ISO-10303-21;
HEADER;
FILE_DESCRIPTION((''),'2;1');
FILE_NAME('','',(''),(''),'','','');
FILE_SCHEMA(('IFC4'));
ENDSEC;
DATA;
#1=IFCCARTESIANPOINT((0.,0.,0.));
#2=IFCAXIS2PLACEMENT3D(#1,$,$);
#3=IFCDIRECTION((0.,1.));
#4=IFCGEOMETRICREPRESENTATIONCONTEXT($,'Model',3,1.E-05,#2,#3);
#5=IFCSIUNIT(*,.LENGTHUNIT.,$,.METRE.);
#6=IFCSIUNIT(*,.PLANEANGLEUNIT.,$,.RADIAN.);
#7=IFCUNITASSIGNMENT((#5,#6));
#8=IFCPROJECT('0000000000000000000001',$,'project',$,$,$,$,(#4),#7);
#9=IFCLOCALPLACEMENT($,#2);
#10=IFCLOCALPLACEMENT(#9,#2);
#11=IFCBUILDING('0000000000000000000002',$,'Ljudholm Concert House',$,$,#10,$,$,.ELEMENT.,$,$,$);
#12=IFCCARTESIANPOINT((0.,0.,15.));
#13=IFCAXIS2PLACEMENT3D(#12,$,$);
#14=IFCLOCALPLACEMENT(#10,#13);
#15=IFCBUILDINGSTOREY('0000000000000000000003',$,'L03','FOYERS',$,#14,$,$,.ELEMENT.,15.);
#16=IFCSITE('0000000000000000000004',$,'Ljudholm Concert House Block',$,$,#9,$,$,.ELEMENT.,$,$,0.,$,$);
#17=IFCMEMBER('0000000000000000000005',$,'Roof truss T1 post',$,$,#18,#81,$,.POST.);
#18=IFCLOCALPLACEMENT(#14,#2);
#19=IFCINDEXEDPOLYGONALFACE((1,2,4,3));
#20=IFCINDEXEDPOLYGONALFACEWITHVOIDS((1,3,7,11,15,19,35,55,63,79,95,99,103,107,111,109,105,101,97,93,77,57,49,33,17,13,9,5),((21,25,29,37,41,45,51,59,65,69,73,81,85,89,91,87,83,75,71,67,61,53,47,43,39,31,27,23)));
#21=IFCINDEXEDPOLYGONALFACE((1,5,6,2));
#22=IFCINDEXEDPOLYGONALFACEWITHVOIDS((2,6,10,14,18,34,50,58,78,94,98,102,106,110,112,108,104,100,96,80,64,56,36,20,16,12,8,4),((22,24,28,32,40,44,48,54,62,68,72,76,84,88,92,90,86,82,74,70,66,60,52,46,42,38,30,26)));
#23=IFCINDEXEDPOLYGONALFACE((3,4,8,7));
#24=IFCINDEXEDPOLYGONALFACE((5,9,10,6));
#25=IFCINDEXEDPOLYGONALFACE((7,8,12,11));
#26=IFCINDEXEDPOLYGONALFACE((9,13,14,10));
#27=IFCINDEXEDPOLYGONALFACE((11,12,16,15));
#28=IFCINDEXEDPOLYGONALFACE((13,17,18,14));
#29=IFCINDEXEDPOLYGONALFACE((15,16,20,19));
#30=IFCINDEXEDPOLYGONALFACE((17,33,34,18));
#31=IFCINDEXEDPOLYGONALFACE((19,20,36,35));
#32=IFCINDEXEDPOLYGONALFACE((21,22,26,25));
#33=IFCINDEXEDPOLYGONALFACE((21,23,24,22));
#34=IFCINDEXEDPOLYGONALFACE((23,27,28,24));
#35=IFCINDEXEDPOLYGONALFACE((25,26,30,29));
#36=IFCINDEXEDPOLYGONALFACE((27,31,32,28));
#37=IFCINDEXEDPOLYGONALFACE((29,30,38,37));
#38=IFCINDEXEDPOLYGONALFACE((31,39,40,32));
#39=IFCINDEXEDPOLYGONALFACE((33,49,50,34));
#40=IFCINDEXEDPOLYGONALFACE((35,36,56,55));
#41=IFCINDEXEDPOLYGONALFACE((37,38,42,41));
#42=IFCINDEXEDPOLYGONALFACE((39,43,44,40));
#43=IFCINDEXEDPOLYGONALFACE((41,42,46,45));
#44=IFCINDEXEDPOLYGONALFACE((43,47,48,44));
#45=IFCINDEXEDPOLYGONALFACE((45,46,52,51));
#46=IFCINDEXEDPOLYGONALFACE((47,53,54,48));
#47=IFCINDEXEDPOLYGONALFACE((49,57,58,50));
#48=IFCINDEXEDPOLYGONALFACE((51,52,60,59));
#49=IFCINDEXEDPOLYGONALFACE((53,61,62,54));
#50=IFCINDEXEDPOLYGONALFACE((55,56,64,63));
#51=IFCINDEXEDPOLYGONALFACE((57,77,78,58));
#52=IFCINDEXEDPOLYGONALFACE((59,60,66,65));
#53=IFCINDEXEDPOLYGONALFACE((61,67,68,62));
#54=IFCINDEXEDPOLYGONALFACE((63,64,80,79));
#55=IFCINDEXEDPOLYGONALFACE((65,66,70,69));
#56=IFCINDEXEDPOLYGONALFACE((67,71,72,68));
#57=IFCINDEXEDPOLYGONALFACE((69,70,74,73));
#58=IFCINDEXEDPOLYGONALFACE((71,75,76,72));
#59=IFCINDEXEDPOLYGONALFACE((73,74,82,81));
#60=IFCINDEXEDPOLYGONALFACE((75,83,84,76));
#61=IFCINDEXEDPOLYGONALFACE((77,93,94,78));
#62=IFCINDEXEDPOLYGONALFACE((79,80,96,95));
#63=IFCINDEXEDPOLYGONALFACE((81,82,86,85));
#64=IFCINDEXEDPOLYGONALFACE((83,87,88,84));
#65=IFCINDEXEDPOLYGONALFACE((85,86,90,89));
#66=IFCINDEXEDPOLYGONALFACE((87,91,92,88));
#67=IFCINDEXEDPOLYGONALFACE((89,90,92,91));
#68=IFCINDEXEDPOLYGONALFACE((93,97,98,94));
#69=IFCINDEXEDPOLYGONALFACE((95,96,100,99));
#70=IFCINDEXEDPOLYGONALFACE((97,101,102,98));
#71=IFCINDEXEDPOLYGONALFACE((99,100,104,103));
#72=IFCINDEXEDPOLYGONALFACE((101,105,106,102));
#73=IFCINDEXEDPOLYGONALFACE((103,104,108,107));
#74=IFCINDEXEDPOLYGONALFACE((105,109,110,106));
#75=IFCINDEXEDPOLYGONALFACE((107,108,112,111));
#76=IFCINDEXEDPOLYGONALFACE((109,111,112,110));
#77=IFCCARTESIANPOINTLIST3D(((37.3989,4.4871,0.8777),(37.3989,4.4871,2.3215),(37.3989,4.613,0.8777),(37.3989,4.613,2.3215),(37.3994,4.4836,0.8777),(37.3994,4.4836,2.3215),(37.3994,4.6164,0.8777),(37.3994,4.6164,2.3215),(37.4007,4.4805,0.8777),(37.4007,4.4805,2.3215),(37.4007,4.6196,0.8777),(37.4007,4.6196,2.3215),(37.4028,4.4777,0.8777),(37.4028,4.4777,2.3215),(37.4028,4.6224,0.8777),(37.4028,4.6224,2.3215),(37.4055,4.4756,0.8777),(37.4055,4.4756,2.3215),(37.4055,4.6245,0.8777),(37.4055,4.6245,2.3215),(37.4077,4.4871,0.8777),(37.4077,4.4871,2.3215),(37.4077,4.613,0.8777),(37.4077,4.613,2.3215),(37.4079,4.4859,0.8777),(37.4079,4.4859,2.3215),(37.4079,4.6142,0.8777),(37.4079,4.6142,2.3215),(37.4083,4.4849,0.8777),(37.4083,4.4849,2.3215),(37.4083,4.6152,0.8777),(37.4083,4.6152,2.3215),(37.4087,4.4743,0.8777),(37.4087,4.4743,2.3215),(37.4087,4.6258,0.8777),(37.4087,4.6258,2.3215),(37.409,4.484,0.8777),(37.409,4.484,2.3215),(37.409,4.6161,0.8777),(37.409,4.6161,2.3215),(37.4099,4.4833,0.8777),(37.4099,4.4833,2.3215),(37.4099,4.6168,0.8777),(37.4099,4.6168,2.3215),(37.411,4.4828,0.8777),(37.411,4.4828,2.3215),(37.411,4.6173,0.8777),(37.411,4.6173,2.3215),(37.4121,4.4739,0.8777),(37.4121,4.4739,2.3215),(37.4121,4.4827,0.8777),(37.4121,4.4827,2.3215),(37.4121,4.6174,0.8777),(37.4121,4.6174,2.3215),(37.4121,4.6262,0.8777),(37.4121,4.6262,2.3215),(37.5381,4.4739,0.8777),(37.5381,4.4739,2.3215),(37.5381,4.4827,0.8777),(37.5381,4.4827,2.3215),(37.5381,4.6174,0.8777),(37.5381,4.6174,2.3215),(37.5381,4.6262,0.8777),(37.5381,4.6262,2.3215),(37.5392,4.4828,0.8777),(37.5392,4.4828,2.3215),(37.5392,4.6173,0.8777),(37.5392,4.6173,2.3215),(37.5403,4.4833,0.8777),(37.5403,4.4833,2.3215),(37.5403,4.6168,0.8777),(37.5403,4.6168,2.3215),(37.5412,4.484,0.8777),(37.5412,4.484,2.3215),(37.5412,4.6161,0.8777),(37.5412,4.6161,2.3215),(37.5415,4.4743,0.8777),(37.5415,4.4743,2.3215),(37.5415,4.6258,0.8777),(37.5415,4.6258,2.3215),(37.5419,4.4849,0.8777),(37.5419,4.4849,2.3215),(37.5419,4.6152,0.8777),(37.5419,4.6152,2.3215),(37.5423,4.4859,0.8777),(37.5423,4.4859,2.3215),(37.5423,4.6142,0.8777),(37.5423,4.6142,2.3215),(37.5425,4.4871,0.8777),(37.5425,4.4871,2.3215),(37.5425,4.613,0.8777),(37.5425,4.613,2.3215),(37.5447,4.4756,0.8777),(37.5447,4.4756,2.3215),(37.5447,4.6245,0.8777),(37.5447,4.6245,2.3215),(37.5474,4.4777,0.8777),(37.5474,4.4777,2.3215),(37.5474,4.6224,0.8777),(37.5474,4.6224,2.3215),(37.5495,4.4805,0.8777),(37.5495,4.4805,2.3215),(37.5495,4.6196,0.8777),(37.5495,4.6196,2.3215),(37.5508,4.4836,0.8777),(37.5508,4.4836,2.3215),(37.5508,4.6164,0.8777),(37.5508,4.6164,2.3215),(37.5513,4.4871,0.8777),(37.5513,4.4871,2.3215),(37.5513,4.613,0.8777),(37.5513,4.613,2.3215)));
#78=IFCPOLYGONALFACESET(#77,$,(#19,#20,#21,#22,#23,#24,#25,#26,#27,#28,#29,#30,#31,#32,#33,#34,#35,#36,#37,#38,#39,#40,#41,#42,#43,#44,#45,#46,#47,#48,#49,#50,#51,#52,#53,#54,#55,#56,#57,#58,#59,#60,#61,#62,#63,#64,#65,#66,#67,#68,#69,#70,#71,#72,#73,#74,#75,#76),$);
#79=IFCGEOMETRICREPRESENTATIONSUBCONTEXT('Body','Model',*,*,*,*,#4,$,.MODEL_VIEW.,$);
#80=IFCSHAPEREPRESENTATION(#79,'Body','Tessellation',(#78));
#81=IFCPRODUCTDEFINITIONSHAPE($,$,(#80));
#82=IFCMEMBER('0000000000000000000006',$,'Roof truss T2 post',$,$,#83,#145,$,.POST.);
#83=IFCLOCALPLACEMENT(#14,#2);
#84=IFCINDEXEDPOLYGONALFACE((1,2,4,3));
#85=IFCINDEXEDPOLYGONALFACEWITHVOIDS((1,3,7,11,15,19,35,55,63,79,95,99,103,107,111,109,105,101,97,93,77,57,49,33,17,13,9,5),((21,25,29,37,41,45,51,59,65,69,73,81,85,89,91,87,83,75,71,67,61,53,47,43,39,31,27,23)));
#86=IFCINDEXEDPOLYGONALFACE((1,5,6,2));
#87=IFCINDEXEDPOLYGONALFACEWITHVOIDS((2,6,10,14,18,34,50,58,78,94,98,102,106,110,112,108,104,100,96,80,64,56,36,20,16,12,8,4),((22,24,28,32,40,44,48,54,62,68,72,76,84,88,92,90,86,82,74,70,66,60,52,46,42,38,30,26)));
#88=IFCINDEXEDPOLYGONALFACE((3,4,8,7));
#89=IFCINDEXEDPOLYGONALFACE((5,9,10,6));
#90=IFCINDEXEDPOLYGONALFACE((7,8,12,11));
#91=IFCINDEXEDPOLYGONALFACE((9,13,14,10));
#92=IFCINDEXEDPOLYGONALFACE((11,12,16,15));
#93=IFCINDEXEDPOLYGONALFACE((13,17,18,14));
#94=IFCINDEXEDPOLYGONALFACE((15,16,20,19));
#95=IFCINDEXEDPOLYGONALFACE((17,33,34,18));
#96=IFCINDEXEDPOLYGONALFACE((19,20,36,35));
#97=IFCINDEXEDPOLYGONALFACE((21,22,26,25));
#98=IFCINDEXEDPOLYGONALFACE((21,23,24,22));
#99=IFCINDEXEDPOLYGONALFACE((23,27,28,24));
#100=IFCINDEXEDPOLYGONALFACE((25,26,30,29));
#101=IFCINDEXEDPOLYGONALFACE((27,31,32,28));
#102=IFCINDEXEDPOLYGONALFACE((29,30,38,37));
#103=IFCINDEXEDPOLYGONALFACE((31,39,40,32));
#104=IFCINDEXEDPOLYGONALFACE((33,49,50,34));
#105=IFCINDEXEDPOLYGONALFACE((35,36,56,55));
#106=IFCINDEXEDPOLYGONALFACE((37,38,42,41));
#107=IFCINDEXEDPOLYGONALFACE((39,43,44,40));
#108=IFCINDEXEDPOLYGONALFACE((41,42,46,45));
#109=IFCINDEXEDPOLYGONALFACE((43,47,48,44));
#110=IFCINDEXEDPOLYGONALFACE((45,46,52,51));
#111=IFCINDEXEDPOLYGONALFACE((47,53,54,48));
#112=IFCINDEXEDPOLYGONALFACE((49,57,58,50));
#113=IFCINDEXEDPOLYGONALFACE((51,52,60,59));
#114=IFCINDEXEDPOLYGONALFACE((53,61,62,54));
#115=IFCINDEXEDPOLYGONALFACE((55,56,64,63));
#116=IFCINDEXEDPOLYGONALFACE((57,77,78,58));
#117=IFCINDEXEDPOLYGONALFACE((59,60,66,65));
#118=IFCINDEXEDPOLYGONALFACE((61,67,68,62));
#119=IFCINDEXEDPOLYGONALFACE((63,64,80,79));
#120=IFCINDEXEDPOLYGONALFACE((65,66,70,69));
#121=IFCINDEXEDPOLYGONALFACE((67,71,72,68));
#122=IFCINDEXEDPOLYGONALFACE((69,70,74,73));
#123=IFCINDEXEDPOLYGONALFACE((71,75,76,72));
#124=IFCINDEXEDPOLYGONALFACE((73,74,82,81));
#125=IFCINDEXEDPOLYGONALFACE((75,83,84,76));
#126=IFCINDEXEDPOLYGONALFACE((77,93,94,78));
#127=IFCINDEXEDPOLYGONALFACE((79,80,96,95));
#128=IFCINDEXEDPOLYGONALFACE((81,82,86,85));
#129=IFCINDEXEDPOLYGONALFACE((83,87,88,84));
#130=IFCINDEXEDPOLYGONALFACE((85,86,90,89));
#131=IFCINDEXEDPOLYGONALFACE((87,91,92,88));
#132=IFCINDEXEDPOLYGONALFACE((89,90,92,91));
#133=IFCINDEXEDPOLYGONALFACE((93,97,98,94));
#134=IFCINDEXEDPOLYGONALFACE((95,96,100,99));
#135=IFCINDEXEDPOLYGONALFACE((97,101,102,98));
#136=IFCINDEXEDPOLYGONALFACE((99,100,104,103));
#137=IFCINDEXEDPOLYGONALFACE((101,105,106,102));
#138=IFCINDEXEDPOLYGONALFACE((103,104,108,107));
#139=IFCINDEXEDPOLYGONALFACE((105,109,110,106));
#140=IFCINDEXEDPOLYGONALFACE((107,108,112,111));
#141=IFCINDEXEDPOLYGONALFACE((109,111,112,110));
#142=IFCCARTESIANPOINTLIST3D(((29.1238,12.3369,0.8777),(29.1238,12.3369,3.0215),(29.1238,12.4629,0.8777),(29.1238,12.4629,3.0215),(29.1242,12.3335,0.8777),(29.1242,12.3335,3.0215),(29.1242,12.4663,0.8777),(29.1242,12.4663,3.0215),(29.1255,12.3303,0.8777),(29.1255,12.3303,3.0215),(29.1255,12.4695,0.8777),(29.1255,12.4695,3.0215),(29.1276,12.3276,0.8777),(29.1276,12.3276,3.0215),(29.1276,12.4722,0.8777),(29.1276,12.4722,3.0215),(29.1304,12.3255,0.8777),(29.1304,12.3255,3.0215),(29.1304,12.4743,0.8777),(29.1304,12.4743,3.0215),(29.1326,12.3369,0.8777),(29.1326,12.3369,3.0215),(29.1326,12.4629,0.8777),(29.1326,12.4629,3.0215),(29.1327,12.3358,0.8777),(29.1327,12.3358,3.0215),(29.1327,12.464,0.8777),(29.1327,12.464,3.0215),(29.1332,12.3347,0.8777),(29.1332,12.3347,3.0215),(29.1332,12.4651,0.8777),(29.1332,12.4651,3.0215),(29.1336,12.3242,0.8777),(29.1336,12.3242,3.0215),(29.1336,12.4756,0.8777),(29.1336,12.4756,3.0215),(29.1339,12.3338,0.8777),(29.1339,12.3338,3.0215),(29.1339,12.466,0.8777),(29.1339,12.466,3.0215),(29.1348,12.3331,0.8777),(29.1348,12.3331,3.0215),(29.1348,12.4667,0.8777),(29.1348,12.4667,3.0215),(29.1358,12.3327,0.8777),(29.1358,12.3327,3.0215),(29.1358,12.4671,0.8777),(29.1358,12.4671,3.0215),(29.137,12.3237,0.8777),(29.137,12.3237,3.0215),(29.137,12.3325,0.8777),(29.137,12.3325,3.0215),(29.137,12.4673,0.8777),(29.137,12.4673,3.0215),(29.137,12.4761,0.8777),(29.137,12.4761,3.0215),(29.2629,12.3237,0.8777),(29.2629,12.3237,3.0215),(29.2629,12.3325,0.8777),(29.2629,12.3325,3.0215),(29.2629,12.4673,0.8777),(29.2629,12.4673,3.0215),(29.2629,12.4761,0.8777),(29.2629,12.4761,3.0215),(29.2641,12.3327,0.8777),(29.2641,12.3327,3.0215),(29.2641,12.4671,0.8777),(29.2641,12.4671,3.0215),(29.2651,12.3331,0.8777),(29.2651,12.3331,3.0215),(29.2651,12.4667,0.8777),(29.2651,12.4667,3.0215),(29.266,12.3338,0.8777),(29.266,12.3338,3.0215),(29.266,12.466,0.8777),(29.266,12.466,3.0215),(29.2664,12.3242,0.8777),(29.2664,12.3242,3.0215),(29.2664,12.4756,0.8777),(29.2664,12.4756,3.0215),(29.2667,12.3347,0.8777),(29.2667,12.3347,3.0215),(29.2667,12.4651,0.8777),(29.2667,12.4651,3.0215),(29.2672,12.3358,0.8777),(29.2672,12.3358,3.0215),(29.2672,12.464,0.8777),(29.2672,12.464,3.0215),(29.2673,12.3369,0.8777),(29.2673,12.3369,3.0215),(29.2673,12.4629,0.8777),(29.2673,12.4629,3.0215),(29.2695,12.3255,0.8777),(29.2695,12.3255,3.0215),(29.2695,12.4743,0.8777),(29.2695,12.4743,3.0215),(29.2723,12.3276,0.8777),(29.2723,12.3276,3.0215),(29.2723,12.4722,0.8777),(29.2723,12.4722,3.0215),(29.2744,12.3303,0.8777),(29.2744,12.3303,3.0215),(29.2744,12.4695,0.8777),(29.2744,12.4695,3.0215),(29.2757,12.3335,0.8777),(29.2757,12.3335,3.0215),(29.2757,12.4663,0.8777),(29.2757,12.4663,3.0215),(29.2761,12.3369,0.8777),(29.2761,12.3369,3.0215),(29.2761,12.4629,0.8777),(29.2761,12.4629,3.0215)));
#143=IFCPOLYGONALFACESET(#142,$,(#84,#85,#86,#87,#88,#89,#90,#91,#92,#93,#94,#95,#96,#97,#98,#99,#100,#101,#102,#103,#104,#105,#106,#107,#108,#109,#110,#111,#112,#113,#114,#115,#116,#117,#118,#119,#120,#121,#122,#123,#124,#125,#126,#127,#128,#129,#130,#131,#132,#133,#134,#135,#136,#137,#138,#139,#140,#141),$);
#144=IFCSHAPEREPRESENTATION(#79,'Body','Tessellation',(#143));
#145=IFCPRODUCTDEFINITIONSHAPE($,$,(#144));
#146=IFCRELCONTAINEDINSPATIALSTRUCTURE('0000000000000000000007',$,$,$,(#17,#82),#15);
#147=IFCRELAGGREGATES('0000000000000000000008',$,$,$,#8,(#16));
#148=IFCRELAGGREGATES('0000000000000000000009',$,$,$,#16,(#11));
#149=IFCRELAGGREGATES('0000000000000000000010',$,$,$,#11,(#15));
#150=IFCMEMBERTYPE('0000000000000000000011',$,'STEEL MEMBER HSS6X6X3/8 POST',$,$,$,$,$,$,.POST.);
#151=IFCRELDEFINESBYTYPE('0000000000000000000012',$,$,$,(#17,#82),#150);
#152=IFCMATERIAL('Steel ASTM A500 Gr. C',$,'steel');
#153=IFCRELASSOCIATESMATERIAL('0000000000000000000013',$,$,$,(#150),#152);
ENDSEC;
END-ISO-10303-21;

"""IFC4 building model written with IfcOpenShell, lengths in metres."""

from ifc_helpers import new_model, si_unit, direction, frame, origin, origin_2d, place, context, subcontext, project, spatial, hollow_rectangle, extrude, material, material_profile, profile_set, type_object, element, save


model = new_model("IFC4")

# Units and contexts
model_context = context("Model", 3, precision=1e-05, world=origin(), true_north=direction((0.0, 1.0)))
body_context = subcontext(model_context, "Body", "Model", "MODEL_VIEW")
ifc_project = project(units=[si_unit("LENGTHUNIT", "METRE"), si_unit("PLANEANGLEUNIT", "RADIAN")], contexts=[model_context])

# Site, building, storey
site_placement = place(None, origin())
site = spatial("IfcSite", under=ifc_project, at=site_placement, Name="Ljudholm Concert House Block", CompositionType="ELEMENT", RefElevation=0.0)
building_placement = place(site_placement, origin())
building = spatial("IfcBuilding", under=site, at=building_placement, Name="Ljudholm Concert House", CompositionType="ELEMENT")
storey_placement = place(building_placement, frame((0.0, 0.0, 15.0)))
storey = spatial("IfcBuildingStorey", under=building, at=storey_placement, Name="L03", Description="FOYERS", CompositionType="ELEMENT", Elevation=15.0)

# Members
ifc_material_1 = material(Name="Steel ASTM A500 Gr. C", Category="steel")
ifc_material_profile_1 = material_profile(ifc_material_1, hollow_rectangle(XDim=0.1523, YDim=0.1523, WallThickness=0.0088, InnerFilletRadius=0.0044, OuterFilletRadius=0.0132, at=origin_2d()), Name="HSS6X6X3/8")
ifc_profile_set_1 = profile_set([ifc_material_profile_1], Name="Steel ASTM A500 Gr. C")
member_type_1 = type_object("IfcMemberType", Name="STEEL MEMBER HSS6X6X3/8 POST", PredefinedType="POST", material=ifc_profile_set_1)
member_1_placement = place(storey_placement, frame((37.4751, 4.55, 0.8777), z_axis=(0.0, 0.0, 1.0), x_axis=(1.0, 0.0, 0.0)))
element("IfcMember", 1, at=member_1_placement, inside=storey, type_object=member_type_1, Name="Roof truss T1 post", PredefinedType="POST", context=body_context, shape_type="SweptSolid", body=[
    extrude(hollow_rectangle(XDim=0.1523, YDim=0.1523, WallThickness=0.0088, InnerFilletRadius=0.0044, OuterFilletRadius=0.0132, at=origin_2d()), origin(), (0.0, 0.0, 1.0), 1.4438),
])
member_2_placement = place(storey_placement, frame((29.2, 12.3999, 0.8777), z_axis=(0.0, 0.0, 1.0), x_axis=(1.0, 0.0, 0.0)))
element("IfcMember", 2, at=member_2_placement, inside=storey, type_object=member_type_1, Name="Roof truss T2 post", PredefinedType="POST", context=body_context, shape_type="SweptSolid", body=[
    extrude(hollow_rectangle(XDim=0.1523, YDim=0.1523, WallThickness=0.0088, InnerFilletRadius=0.0044, OuterFilletRadius=0.0132, at=origin_2d()), origin(), (0.0, 0.0, 1.0), 2.1438),
])

save(model, "model.ifc")
